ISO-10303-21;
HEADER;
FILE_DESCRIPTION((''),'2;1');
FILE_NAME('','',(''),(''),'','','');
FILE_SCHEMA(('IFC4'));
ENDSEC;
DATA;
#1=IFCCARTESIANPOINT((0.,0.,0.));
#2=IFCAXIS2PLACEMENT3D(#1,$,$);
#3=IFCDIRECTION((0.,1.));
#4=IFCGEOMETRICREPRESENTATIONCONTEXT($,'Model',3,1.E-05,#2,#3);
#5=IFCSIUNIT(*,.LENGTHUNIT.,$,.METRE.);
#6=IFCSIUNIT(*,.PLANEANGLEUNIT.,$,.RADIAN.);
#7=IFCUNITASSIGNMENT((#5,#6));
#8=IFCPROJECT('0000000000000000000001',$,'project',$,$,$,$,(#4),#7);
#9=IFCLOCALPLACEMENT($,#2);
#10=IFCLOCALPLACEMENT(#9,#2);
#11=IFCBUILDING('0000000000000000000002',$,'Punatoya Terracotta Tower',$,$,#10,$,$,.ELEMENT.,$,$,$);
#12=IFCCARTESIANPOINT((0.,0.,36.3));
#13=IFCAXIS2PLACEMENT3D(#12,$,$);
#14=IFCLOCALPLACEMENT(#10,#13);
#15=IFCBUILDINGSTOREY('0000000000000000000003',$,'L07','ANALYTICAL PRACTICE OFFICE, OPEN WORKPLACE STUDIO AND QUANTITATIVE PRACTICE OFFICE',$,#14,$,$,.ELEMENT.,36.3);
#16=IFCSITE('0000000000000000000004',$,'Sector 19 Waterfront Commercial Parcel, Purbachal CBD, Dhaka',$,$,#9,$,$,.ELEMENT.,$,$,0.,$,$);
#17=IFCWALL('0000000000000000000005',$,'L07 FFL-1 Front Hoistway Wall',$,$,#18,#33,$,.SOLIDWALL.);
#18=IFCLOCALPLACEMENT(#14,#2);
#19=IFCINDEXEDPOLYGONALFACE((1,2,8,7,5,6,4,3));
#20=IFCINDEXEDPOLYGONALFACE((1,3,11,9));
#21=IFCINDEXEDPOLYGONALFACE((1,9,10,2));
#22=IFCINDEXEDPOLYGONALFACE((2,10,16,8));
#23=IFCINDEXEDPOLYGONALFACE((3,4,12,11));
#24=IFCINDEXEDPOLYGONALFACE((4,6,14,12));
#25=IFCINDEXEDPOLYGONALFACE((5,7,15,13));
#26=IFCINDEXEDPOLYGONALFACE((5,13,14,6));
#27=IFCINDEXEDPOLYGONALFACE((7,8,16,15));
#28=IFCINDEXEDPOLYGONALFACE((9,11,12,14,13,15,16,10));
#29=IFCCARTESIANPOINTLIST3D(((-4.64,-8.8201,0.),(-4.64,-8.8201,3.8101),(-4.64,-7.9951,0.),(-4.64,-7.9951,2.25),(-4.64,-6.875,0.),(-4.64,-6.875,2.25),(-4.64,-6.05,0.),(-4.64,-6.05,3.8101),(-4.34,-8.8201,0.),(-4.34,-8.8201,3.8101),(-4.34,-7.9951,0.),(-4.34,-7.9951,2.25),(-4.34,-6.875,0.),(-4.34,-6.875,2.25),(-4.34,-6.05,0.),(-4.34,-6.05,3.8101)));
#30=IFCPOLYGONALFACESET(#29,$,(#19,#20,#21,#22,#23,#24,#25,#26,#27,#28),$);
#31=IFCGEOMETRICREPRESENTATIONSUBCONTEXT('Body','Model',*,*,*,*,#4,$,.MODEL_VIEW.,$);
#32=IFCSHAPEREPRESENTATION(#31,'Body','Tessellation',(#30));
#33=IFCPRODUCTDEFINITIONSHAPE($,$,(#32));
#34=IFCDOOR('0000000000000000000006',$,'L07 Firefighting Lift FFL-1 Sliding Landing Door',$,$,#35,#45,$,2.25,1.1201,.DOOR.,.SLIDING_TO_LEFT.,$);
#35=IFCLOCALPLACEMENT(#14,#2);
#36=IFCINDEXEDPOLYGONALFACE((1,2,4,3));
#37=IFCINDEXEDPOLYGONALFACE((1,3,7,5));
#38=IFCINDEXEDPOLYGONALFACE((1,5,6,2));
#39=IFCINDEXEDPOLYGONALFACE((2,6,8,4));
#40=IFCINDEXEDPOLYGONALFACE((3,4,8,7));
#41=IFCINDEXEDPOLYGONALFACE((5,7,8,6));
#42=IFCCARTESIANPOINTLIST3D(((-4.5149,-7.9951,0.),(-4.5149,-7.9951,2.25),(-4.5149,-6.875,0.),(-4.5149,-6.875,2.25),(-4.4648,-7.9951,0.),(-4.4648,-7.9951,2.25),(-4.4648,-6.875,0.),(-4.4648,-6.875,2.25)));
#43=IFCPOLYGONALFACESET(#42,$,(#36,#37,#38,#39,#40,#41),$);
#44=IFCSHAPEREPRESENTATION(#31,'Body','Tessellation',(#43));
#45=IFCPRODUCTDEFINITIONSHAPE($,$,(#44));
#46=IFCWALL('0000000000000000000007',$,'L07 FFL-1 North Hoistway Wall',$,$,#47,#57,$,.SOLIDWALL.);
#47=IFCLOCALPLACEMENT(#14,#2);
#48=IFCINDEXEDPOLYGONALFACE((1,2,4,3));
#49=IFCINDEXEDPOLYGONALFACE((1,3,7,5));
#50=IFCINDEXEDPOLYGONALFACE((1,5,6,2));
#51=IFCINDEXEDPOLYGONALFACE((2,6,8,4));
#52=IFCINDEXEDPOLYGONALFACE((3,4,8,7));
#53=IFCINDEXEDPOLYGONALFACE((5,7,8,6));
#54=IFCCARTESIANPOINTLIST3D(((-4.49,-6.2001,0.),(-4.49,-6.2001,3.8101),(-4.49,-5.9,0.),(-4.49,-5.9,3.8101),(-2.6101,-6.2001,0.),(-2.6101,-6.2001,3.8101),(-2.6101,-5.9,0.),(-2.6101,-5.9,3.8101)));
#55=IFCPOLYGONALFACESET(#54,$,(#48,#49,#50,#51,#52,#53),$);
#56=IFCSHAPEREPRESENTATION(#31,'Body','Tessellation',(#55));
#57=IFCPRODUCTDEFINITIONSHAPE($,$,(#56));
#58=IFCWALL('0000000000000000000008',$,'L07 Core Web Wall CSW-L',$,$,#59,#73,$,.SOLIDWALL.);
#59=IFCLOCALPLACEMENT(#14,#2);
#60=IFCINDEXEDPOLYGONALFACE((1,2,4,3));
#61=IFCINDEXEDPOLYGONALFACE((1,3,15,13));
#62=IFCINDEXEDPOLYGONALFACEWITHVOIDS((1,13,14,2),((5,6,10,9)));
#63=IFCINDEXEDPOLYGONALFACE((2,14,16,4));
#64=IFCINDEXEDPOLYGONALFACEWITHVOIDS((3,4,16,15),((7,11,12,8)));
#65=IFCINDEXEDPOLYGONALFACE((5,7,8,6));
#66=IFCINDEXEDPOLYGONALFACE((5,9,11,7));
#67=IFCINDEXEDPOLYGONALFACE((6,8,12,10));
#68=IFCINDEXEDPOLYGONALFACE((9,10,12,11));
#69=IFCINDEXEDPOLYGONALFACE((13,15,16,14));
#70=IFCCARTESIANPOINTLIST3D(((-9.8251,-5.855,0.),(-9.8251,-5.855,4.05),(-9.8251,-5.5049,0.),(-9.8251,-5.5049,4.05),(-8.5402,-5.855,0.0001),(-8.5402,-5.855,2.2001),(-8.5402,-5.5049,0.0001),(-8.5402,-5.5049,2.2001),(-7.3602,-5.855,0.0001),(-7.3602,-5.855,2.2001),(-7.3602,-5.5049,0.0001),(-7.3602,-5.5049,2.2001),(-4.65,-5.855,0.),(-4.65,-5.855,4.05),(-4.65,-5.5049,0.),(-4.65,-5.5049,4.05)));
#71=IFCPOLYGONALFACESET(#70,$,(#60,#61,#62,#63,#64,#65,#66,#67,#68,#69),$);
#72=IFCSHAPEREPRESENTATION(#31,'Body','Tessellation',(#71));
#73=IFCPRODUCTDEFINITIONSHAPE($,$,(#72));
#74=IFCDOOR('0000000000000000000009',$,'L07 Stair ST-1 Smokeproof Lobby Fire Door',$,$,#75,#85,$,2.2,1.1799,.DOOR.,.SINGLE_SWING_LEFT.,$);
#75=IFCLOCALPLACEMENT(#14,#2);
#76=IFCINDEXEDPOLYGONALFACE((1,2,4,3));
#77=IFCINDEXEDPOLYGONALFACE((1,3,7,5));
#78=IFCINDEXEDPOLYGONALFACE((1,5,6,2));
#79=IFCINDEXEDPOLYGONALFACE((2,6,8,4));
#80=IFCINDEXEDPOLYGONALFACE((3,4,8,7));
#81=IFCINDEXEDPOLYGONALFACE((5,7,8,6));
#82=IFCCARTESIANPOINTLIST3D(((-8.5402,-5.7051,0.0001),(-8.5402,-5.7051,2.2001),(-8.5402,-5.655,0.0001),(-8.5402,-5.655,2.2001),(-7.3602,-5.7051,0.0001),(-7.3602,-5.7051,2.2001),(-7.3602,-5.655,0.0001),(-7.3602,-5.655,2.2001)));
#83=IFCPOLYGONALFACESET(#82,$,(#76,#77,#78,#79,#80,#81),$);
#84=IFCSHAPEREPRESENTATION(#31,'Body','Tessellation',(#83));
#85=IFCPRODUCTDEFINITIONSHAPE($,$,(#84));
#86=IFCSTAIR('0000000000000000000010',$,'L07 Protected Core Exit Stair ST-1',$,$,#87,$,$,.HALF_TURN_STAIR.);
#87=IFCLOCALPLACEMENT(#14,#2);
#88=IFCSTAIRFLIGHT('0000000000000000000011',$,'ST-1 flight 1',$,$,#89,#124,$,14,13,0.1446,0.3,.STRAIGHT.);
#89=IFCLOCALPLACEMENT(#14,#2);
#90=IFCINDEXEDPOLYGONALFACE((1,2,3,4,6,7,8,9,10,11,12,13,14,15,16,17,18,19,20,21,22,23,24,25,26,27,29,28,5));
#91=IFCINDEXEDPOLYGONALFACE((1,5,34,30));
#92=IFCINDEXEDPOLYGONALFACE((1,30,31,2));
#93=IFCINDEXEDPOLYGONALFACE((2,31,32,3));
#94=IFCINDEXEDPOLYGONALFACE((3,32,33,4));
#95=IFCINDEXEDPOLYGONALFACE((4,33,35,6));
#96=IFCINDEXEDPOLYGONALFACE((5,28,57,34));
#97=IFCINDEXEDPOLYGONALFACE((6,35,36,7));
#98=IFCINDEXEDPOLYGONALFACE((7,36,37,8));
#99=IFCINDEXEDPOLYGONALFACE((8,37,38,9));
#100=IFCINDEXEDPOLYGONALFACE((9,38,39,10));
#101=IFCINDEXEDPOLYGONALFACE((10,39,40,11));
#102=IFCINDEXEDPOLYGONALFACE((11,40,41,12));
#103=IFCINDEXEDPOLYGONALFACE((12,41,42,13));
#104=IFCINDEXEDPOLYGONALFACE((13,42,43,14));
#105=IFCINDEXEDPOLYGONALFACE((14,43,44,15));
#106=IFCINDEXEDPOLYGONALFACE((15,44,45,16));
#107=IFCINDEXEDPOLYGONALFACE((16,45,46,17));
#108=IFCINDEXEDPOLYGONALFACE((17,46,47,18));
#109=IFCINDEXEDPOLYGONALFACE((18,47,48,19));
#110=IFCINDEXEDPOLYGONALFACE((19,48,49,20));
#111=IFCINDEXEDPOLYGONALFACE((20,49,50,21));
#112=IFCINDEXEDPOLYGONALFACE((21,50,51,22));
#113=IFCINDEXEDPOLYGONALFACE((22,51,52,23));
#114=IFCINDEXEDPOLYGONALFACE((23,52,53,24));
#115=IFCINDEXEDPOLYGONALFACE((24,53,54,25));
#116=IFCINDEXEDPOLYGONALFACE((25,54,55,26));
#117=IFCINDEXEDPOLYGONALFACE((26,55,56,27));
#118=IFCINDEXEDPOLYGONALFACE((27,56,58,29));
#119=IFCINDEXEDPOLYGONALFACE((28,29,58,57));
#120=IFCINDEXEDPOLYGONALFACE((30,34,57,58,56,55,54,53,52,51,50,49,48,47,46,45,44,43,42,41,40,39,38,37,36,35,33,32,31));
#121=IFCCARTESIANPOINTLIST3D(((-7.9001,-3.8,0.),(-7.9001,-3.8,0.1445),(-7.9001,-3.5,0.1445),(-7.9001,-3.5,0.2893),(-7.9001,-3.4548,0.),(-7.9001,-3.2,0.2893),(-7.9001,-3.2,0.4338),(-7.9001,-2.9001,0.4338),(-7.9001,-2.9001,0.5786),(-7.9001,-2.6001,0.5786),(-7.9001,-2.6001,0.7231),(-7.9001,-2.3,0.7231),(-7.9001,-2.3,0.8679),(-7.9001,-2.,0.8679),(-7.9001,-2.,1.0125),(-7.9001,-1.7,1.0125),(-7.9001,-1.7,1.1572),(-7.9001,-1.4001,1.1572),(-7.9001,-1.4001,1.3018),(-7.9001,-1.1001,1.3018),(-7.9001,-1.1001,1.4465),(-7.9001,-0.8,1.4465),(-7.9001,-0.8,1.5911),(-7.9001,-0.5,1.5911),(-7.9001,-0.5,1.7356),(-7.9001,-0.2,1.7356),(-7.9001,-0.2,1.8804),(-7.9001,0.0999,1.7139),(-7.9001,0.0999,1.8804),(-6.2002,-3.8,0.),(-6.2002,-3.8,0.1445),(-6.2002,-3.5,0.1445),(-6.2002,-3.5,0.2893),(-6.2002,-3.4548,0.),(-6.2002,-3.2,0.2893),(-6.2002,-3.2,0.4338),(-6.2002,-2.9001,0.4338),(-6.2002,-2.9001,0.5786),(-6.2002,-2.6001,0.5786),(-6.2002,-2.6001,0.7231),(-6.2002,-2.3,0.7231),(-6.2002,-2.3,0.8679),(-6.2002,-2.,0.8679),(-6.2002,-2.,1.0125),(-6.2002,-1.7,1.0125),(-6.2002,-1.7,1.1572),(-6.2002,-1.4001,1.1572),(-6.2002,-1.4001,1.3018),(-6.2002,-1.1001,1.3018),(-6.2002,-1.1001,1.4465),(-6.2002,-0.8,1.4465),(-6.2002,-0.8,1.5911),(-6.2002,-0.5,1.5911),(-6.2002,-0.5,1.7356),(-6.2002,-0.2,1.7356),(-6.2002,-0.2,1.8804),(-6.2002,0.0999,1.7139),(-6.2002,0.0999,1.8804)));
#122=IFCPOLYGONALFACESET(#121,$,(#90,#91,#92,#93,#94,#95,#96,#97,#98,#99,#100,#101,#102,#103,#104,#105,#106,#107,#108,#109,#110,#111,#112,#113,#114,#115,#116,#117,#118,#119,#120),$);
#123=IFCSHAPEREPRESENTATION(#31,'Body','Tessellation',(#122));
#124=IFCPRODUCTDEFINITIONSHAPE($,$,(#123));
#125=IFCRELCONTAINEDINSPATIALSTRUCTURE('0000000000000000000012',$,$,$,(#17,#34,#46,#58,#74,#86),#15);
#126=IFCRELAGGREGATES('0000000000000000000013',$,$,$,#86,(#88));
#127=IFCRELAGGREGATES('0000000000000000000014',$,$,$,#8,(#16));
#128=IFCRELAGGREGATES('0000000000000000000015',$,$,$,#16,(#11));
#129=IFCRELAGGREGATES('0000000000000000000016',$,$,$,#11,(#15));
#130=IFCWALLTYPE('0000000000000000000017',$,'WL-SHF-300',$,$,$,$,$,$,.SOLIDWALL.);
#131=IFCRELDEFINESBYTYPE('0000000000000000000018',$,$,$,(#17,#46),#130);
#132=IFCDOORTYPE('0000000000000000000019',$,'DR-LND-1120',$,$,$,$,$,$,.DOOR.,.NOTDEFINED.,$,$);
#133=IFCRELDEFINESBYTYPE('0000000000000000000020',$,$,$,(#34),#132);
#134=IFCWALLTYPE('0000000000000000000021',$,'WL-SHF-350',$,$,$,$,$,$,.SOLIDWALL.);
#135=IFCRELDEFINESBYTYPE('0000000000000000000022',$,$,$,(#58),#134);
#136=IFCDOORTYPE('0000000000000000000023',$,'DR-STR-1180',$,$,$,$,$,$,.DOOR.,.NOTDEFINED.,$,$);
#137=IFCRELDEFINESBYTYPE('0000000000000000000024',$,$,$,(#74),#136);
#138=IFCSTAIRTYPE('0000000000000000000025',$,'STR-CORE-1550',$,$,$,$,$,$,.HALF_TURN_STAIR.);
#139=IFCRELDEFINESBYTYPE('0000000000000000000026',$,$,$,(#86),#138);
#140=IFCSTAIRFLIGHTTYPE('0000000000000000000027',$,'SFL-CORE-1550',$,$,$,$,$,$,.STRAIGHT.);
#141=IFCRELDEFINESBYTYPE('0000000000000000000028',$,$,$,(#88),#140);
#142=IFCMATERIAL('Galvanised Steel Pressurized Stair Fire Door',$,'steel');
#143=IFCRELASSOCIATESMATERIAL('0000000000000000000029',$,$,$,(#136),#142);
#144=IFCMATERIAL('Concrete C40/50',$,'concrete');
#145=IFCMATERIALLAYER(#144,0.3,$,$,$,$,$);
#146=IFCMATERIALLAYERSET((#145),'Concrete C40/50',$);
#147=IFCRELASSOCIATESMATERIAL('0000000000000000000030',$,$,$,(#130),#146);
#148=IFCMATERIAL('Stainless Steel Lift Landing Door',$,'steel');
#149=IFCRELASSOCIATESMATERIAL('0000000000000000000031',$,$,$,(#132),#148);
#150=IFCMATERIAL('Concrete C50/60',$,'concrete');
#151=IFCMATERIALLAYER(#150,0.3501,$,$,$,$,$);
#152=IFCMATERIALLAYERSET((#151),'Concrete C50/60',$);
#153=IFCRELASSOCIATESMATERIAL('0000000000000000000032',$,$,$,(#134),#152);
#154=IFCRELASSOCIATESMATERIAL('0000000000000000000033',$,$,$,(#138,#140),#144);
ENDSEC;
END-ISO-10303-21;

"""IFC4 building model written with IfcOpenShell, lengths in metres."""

from ifc_helpers import new_model, si_unit, direction, frame, frame_2d, origin, place, context, subcontext, project, spatial, polyline, rectangle, outline, extrude, material, layer, layer_set, type_object, element, fill, aggregate, save


model = new_model("IFC4")

# Units and contexts
model_context = context("Model", 3, precision=1e-05, world=origin(), true_north=direction((0.0, 1.0)))
body_context = subcontext(model_context, "Body", "Model", "MODEL_VIEW")
ifc_project = project(units=[si_unit("LENGTHUNIT", "METRE"), si_unit("PLANEANGLEUNIT", "RADIAN")], contexts=[model_context])

# Site, building, storey
site_placement = place(None, origin())
site = spatial("IfcSite", under=ifc_project, at=site_placement, Name="Sector 19 Waterfront Commercial Parcel, Purbachal CBD, Dhaka", CompositionType="ELEMENT", RefElevation=0.0)
building_placement = place(site_placement, origin())
building = spatial("IfcBuilding", under=site, at=building_placement, Name="Punatoya Terracotta Tower", CompositionType="ELEMENT")
storey_placement = place(building_placement, frame((0.0, 0.0, 36.3)))
storey = spatial("IfcBuildingStorey", under=building, at=storey_placement, Name="L07", Description="ANALYTICAL PRACTICE OFFICE, OPEN WORKPLACE STUDIO AND QUANTITATIVE PRACTICE OFFICE", CompositionType="ELEMENT", Elevation=36.3)

# Shared definitions
ifc_material_1 = material(Name="Galvanised Steel Pressurized Stair Fire Door", Category="steel")
door_type_1 = type_object("IfcDoorType", Name="DR-STR-1180", OperationType="NOTDEFINED", PredefinedType="DOOR", material=ifc_material_1)

# Shared definitions
ifc_material_2 = material(Name="Concrete C40/50", Category="concrete")
ifc_layer_1 = layer(ifc_material_2, 0.3)
ifc_layer_set_1 = layer_set([ifc_layer_1], Name="Concrete C40/50")
wall_type_1 = type_object("IfcWallType", Name="WL-SHF-300", PredefinedType="SOLIDWALL", material=ifc_layer_set_1)

# Wall, opening, door
wall_1_placement = place(storey_placement, frame((-4.49, -8.8201, 0.0), z_axis=(0.0, 0.0, 1.0), x_axis=(0.0, 1.0, 0.0)))
wall_1 = element("IfcWall", 1, at=wall_1_placement, inside=storey, type_object=wall_type_1, Name="L07 FFL-1 Front Hoistway Wall", PredefinedType="SOLIDWALL", context=body_context, shape_type="SweptSolid", body=[
    extrude(rectangle(XDim=2.77, YDim=0.3, at=frame_2d((1.385, 0.0))), origin(), (0.0, 0.0, 1.0), 3.8101),
])
opening_1_placement = place(wall_1_placement, frame((0.825, 0.0, 0.0)))
opening_1 = element("IfcOpeningElement", 2, at=opening_1_placement, cuts=wall_1, PredefinedType="OPENING", context=body_context, shape_type="SweptSolid", body=[
    extrude(rectangle(XDim=1.1201, YDim=2.25, at=frame_2d((0.5601, 1.125))), frame((0.0, 0.1599, 0.0), z_axis=(0.0, -1.0, 0.0), x_axis=(1.0, 0.0, 0.0)), (0.0, 0.0, 1.0), 0.3201),
])
ifc_material_3 = material(Name="Stainless Steel Lift Landing Door", Category="steel")
door_type_2 = type_object("IfcDoorType", Name="DR-LND-1120", OperationType="NOTDEFINED", PredefinedType="DOOR", material=ifc_material_3)
door_1_placement = place(opening_1_placement, origin())
door_1 = element("IfcDoor", 3, at=door_1_placement, inside=storey, type_object=door_type_2, Name="L07 Firefighting Lift FFL-1 Sliding Landing Door", OperationType="SLIDING_TO_LEFT", OverallHeight=2.25, OverallWidth=1.1201, PredefinedType="DOOR", context=body_context, shape_type="SweptSolid", body=[
    extrude(rectangle(XDim=1.1201, YDim=2.25, at=frame_2d((0.5601, 1.125))), frame((0.0, 0.0249, 0.0), z_axis=(0.0, -1.0, 0.0), x_axis=(1.0, 0.0, 0.0)), (0.0, 0.0, 1.0), 0.05),
])
fill(opening_1, door_1)

# Wall
wall_2_placement = place(storey_placement, frame((-4.49, -6.05, 0.0), z_axis=(0.0, 0.0, 1.0), x_axis=(1.0, 0.0, 0.0)))
element("IfcWall", 4, at=wall_2_placement, inside=storey, type_object=wall_type_1, Name="L07 FFL-1 North Hoistway Wall", PredefinedType="SOLIDWALL", context=body_context, shape_type="SweptSolid", body=[
    extrude(rectangle(XDim=1.8799, YDim=0.3, at=frame_2d((0.9399, 0.0))), origin(), (0.0, 0.0, 1.0), 3.8101),
])

# Wall, opening, door
ifc_material_4 = material(Name="Concrete C50/60", Category="concrete")
ifc_layer_2 = layer(ifc_material_4, 0.3501)
ifc_layer_set_2 = layer_set([ifc_layer_2], Name="Concrete C50/60")
wall_type_2 = type_object("IfcWallType", Name="WL-SHF-350", PredefinedType="SOLIDWALL", material=ifc_layer_set_2)
wall_3_placement = place(storey_placement, frame((-9.825, -5.6799, 0.0), z_axis=(0.0, 0.0, 1.0), x_axis=(1.0, 0.0, 0.0)))
wall_3 = element("IfcWall", 5, at=wall_3_placement, inside=storey, type_object=wall_type_2, Name="L07 Core Web Wall CSW-L", PredefinedType="SOLIDWALL", context=body_context, shape_type="SweptSolid", body=[
    extrude(rectangle(XDim=5.175, YDim=0.3501, at=frame_2d((2.5874, 0.0))), origin(), (0.0, 0.0, 1.0), 4.05),
])
opening_2_placement = place(wall_3_placement, frame((1.2849, 0.0, 0.0)))
opening_2 = element("IfcOpeningElement", 6, at=opening_2_placement, cuts=wall_3, PredefinedType="OPENING", context=body_context, shape_type="SweptSolid", body=[
    extrude(rectangle(XDim=1.1799, YDim=2.2, at=frame_2d((0.5898, 1.1001))), frame((0.0, 0.1851, 0.0), z_axis=(0.0, -1.0, 0.0), x_axis=(1.0, 0.0, 0.0)), (0.0, 0.0, 1.0), 0.3701),
])
door_2_placement = place(opening_2_placement, origin())
door_2 = element("IfcDoor", 7, at=door_2_placement, inside=storey, type_object=door_type_1, Name="L07 Stair ST-1 Smokeproof Lobby Fire Door", OperationType="SINGLE_SWING_LEFT", OverallHeight=2.2, OverallWidth=1.1799, PredefinedType="DOOR", context=body_context, shape_type="SweptSolid", body=[
    extrude(rectangle(XDim=1.1799, YDim=2.2, at=frame_2d((0.5898, 1.1001))), frame((0.0, 0.0249, 0.0), z_axis=(0.0, -1.0, 0.0), x_axis=(1.0, 0.0, 0.0)), (0.0, 0.0, 1.0), 0.05),
])
fill(opening_2, door_2)

# Stair, stair flight
stair_type = type_object("IfcStairType", Name="STR-CORE-1550", PredefinedType="HALF_TURN_STAIR", material=ifc_material_2)
stair_placement = place(storey_placement, origin())
stair = element("IfcStair", 8, at=stair_placement, inside=storey, type_object=stair_type, Name="L07 Protected Core Exit Stair ST-1", PredefinedType="HALF_TURN_STAIR")
stair_flight_type = type_object("IfcStairFlightType", Name="SFL-CORE-1550", PredefinedType="STRAIGHT", material=ifc_material_2)
stair_flight_placement = place(storey_placement, frame((-7.05, -3.8, 0.0), z_axis=(0.0, 0.0, 1.0), x_axis=(0.0, 1.0, 0.0)))
stair_flight = element("IfcStairFlight", 9, at=stair_flight_placement, type_object=stair_flight_type, Name="ST-1 flight 1", NumberOfRisers=14, NumberOfTreads=13, PredefinedType="STRAIGHT", RiserHeight=0.1446, TreadLength=0.3, context=body_context, shape_type="SweptSolid", body=[
    extrude(outline(polyline([(0.0, 0.0), (0.0, 0.1445), (0.3, 0.1445), (0.3, 0.2893), (0.6001, 0.2893), (0.6001, 0.4338), (0.8999, 0.4338), (0.8999, 0.5786), (1.2, 0.5786), (1.2, 0.7231), (1.5, 0.7231), (1.5, 0.8679), (1.8, 0.8679), (1.8, 1.0125), (2.1001, 1.0125), (2.1001, 1.1572), (2.3999, 1.1572), (2.3999, 1.3018), (2.7, 1.3018), (2.7, 1.4465), (3.0, 1.4465), (3.0, 1.5911), (3.3, 1.5911), (3.3, 1.7356), (3.6001, 1.7356), (3.6001, 1.8804), (3.8999, 1.8804), (3.8999, 2.0249), (3.8999, 1.7139), (0.3452, 0.0), (0.0, 0.0)])), frame((0.0, 0.8501, 0.0), z_axis=(0.0, -1.0, 0.0), x_axis=(1.0, 0.0, 0.0)), (0.0, 0.0, 1.0), 1.7),
])
aggregate(stair, [stair_flight])

save(model, "model.ifc")
